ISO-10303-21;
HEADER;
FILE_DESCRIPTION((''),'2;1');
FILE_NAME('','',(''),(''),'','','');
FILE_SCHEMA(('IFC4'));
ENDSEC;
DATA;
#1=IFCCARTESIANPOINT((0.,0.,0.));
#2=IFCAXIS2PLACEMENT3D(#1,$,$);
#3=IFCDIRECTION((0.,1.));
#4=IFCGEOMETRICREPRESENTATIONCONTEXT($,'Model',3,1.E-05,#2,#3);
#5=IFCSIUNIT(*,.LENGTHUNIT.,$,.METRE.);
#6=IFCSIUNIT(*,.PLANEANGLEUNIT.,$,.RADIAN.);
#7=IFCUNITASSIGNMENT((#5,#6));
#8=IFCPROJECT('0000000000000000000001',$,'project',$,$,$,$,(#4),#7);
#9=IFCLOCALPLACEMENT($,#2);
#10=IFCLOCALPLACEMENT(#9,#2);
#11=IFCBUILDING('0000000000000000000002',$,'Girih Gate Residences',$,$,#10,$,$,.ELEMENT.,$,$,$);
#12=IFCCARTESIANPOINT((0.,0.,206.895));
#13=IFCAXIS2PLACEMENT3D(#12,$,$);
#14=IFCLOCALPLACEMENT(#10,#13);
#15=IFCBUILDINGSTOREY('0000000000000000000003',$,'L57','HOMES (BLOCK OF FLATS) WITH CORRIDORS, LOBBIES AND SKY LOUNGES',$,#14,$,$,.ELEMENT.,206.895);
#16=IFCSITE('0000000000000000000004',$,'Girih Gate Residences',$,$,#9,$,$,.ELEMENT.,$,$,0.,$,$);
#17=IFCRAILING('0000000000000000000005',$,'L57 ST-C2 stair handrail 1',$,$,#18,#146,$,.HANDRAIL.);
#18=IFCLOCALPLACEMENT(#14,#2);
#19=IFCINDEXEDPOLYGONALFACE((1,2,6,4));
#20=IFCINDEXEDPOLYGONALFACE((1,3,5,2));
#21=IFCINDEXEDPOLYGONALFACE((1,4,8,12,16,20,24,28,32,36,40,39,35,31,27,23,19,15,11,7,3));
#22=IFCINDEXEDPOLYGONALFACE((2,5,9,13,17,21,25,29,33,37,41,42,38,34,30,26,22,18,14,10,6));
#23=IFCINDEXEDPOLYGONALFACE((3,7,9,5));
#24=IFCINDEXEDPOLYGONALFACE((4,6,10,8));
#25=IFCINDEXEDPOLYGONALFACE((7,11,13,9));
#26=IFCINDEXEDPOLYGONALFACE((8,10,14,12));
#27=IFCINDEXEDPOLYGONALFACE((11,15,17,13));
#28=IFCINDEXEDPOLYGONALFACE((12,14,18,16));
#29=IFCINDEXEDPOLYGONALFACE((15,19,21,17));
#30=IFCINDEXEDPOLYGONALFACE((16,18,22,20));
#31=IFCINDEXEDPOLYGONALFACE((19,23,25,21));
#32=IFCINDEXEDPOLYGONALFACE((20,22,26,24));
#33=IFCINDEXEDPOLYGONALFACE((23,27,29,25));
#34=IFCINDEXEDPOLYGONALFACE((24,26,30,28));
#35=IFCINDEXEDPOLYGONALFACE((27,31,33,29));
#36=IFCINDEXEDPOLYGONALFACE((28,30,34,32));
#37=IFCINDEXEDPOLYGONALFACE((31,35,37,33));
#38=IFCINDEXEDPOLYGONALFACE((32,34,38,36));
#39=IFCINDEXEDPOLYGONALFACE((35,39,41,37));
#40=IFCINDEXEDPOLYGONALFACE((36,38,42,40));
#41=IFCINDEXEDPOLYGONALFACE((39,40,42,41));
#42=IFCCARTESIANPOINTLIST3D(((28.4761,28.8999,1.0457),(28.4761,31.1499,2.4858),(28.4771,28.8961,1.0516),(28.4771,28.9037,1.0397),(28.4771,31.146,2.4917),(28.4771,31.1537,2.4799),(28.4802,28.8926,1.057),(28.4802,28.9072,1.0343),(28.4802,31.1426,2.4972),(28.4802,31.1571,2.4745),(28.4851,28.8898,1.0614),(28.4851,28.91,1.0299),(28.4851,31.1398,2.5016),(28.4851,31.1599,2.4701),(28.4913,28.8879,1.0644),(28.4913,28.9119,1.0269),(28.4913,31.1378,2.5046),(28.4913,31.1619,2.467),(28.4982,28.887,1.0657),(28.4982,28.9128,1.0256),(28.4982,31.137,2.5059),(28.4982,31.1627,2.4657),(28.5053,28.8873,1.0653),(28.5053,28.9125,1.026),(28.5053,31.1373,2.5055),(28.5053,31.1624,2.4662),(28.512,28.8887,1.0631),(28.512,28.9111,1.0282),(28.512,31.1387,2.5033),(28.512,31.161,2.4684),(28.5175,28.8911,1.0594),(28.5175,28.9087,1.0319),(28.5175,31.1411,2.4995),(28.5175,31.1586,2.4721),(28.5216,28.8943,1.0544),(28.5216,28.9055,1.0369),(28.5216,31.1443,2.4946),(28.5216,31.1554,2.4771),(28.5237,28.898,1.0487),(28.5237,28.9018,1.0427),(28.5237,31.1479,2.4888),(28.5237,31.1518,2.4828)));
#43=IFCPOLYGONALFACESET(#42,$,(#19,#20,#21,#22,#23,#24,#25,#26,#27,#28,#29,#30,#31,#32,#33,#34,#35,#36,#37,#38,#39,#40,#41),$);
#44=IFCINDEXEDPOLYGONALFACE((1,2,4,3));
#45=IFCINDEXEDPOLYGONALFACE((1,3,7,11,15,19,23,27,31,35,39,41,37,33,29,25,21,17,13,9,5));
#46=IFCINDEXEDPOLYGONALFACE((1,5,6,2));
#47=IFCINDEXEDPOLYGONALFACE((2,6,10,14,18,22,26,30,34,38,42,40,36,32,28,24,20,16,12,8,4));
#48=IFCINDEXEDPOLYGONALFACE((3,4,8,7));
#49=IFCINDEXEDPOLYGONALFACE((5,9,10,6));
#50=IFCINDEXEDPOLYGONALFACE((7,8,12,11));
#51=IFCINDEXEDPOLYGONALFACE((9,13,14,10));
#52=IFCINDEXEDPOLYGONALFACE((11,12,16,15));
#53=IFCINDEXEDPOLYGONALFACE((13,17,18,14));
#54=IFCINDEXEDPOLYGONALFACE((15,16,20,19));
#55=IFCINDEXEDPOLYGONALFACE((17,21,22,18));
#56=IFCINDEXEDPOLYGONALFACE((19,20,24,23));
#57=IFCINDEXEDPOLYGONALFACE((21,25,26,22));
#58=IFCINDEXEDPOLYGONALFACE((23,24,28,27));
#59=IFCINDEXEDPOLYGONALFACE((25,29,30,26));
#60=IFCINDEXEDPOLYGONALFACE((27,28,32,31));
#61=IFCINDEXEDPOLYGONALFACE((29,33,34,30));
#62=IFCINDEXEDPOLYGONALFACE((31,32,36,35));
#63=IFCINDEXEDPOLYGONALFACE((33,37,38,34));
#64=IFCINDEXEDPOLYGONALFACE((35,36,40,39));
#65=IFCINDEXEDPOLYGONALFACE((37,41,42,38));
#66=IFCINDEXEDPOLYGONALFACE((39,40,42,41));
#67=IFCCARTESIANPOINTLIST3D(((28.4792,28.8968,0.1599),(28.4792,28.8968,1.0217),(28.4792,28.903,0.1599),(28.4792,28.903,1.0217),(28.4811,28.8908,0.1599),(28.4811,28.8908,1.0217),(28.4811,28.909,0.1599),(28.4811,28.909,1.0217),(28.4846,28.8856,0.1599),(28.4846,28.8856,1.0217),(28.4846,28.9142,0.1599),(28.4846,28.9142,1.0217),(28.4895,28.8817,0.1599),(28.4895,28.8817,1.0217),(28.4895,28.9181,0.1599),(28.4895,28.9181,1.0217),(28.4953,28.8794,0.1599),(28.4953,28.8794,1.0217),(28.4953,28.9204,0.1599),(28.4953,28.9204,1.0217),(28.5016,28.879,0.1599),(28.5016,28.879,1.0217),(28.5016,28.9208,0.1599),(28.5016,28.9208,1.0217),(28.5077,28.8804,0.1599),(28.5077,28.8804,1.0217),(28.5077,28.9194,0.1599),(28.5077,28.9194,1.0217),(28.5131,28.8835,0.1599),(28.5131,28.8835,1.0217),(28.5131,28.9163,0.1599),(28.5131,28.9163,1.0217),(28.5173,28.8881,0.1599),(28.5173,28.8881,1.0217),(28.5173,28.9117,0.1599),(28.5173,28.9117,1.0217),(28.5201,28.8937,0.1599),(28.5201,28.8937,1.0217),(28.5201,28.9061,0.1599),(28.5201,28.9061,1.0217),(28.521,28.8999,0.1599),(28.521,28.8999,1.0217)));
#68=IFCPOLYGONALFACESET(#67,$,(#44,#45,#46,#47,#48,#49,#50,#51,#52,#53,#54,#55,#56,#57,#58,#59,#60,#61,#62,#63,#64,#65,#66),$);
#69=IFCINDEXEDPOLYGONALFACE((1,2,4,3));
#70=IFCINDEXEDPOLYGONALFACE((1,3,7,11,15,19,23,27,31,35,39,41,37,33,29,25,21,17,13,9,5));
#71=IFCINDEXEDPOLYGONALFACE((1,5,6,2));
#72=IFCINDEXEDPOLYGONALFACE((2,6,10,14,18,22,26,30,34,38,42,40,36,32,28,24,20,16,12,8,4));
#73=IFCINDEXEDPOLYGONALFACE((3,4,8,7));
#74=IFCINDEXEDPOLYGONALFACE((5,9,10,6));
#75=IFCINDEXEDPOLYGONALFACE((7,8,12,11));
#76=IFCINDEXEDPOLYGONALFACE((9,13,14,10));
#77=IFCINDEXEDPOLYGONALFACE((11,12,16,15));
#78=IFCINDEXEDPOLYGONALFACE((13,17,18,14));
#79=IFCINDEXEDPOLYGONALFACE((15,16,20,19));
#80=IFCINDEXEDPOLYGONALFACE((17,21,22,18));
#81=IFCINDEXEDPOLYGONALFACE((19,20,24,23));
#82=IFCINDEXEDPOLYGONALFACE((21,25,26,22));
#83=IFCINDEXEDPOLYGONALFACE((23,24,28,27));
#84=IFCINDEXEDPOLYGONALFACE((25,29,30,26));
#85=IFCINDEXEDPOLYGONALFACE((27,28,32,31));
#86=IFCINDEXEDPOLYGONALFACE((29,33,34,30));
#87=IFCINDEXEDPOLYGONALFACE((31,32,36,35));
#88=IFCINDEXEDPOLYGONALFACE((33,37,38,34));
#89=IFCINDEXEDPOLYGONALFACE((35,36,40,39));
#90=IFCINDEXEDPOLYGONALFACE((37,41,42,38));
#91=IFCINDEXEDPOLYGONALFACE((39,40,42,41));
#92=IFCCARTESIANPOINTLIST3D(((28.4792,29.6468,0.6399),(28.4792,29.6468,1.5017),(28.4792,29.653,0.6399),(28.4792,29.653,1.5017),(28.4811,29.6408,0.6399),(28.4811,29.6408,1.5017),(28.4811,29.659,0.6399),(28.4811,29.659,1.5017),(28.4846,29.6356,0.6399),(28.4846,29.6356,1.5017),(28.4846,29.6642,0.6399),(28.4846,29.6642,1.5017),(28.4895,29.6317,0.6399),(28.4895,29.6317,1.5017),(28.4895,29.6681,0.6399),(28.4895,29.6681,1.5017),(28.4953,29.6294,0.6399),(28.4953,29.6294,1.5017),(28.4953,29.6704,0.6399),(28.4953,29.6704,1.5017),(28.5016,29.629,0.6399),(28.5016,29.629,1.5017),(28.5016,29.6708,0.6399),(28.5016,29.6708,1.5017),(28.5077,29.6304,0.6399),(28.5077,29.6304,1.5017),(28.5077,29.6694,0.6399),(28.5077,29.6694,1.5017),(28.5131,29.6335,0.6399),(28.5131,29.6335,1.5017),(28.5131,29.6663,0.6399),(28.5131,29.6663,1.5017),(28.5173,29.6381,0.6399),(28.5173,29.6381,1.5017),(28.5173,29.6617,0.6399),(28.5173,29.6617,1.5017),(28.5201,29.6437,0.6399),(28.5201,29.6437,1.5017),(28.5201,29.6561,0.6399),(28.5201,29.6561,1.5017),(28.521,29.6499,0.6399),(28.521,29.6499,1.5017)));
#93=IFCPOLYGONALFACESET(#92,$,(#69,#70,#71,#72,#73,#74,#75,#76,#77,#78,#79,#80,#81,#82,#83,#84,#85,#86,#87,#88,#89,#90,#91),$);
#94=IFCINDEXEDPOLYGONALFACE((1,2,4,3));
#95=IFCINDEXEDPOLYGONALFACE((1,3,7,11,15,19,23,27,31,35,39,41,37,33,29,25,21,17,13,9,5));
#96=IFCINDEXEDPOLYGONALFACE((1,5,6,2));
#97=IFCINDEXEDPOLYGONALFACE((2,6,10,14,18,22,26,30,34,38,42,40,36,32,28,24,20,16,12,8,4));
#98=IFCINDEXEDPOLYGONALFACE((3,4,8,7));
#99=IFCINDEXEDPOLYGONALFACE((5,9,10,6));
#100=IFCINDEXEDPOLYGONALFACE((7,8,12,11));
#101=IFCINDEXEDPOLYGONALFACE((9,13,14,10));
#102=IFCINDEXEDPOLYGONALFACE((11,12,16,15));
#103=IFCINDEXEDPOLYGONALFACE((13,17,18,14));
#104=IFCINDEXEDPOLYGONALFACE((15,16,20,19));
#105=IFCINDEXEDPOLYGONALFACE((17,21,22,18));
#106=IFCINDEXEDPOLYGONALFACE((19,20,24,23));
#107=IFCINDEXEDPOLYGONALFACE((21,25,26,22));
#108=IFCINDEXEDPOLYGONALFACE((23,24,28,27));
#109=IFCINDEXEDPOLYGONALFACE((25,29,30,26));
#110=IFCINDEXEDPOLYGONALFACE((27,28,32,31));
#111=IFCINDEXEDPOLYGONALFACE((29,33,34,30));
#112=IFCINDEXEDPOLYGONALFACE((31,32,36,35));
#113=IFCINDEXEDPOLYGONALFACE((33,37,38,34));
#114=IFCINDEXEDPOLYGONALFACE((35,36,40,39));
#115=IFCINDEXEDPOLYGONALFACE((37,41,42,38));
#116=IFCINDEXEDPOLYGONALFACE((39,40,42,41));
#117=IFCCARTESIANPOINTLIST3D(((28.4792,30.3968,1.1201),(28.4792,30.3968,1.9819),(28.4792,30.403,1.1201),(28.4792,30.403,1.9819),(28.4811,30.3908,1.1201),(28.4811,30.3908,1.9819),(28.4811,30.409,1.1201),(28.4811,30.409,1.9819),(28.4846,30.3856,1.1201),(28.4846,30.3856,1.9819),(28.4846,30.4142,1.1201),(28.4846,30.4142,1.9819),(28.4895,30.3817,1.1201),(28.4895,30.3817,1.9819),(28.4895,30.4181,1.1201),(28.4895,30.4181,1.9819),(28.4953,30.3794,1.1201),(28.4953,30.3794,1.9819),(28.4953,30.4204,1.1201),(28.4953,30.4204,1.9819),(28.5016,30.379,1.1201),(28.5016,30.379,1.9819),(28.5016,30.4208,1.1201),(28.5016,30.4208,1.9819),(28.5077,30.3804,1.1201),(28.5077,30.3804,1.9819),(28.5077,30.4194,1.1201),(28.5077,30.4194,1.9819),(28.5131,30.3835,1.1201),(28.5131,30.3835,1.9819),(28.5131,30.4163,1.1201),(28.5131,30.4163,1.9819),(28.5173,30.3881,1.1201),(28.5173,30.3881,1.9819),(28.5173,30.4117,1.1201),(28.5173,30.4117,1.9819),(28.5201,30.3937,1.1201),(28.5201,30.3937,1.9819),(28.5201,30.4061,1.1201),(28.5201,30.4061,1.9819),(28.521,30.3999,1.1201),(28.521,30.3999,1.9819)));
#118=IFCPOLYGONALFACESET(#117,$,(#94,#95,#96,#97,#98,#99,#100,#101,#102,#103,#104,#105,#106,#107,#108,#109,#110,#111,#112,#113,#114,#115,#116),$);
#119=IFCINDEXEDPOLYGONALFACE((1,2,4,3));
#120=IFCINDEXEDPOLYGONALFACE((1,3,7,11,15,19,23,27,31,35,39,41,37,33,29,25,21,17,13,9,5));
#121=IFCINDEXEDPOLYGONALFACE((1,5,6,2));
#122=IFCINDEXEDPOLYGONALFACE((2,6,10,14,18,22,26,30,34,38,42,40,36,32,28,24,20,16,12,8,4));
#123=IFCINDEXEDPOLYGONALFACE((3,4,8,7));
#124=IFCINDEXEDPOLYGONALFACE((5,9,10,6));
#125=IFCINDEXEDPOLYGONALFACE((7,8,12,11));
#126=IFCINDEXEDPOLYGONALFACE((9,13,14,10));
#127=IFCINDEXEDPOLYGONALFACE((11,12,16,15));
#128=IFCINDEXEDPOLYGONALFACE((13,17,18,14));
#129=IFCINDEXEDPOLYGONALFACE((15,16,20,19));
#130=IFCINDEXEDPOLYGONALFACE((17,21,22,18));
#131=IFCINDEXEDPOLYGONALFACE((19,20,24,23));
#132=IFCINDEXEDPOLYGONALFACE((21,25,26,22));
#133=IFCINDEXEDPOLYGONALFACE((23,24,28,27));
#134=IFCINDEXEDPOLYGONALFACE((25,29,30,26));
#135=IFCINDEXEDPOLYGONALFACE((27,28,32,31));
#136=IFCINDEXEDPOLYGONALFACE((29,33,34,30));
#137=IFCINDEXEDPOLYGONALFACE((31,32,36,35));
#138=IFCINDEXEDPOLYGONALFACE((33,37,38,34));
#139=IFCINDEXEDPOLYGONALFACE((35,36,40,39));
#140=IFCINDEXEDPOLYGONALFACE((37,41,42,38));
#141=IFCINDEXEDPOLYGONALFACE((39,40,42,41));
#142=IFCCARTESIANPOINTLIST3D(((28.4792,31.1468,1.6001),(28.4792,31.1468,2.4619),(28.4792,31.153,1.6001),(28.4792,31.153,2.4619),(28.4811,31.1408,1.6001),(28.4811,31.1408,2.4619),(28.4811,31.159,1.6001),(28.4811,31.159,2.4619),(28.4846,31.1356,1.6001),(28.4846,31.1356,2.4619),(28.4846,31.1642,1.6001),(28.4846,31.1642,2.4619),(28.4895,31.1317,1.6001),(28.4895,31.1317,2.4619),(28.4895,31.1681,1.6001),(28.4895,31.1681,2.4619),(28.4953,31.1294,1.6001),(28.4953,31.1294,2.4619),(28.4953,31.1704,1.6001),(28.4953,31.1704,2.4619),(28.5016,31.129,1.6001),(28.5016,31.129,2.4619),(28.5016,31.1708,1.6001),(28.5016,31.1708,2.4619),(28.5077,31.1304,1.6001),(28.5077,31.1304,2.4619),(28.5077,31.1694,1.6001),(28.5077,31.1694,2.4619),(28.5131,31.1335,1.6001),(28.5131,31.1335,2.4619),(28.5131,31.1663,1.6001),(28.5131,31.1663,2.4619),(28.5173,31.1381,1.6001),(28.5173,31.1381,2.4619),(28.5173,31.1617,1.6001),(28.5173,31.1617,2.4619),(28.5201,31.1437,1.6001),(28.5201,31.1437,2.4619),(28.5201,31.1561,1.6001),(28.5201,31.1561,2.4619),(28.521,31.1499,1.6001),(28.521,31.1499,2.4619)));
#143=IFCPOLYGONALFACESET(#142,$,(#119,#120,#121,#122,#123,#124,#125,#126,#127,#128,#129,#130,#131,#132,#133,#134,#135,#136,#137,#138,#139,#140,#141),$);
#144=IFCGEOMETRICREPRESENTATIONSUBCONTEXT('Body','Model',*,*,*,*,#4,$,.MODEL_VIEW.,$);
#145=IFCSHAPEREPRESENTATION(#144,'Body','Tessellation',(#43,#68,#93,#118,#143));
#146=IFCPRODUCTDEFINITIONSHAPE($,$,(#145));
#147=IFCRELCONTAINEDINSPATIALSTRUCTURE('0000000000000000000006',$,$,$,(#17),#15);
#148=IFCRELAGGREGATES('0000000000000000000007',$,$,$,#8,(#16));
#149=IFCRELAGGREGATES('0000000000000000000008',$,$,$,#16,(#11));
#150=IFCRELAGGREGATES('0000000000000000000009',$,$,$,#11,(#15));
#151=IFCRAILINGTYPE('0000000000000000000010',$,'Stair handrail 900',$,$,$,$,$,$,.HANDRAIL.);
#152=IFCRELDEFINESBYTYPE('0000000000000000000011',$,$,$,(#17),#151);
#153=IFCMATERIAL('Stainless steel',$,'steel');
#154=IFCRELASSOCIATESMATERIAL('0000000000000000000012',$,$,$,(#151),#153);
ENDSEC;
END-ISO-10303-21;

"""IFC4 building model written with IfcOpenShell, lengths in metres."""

from ifc_helpers import new_model, si_unit, direction, frame, origin, origin_2d, place, context, subcontext, project, spatial, circle, extrude, material, type_object, element, save


model = new_model("IFC4")

# Units and contexts
model_context = context("Model", 3, precision=1e-05, world=origin(), true_north=direction((0.0, 1.0)))
body_context = subcontext(model_context, "Body", "Model", "MODEL_VIEW")
ifc_project = project(units=[si_unit("LENGTHUNIT", "METRE"), si_unit("PLANEANGLEUNIT", "RADIAN")], contexts=[model_context])

# Site, building, storey
site_placement = place(None, origin())
site = spatial("IfcSite", under=ifc_project, at=site_placement, Name="Girih Gate Residences", CompositionType="ELEMENT", RefElevation=0.0)
building_placement = place(site_placement, origin())
building = spatial("IfcBuilding", under=site, at=building_placement, Name="Girih Gate Residences", CompositionType="ELEMENT")
storey_placement = place(building_placement, frame((0.0, 0.0, 206.895)))
storey = spatial("IfcBuildingStorey", under=building, at=storey_placement, Name="L57", Description="HOMES (BLOCK OF FLATS) WITH CORRIDORS, LOBBIES AND SKY LOUNGES", CompositionType="ELEMENT", Elevation=206.895)

# Railing
ifc_material_1 = material(Name="Stainless steel", Category="steel")
railing_type_1 = type_object("IfcRailingType", Name="Stair handrail 900", PredefinedType="HANDRAIL", material=ifc_material_1)
for number, where, name in (
    (1, (28.5, 28.8999, 0.1599), "L57 ST-C2 stair handrail 1"),
):
    element("IfcRailing", number, at=place(storey_placement, frame(where)), inside=storey, type_object=railing_type_1, Name=name, PredefinedType="HANDRAIL", context=body_context, shape_type="SweptSolid", body=[
        extrude(circle(Radius=0.0239, at=origin_2d()), frame((0.0, 0.0, 0.8857), z_axis=(0.0, 0.84224, 0.539103), x_axis=(-1.0, 0.0, 0.0)), (0.0, 0.0, 1.0), 2.6714),
        extrude(circle(Radius=0.021, at=origin_2d()), origin(), (0.0, 0.0, 1.0), 0.8618),
        extrude(circle(Radius=0.021, at=origin_2d()), frame((0.0, 0.75, 0.48)), (0.0, 0.0, 1.0), 0.8618),
        extrude(circle(Radius=0.021, at=origin_2d()), frame((0.0, 1.5, 0.9602)), (0.0, 0.0, 1.0), 0.8618),
        extrude(circle(Radius=0.021, at=origin_2d()), frame((0.0, 2.25, 1.4402)), (0.0, 0.0, 1.0), 0.8618),
    ])

save(model, "model.ifc")
